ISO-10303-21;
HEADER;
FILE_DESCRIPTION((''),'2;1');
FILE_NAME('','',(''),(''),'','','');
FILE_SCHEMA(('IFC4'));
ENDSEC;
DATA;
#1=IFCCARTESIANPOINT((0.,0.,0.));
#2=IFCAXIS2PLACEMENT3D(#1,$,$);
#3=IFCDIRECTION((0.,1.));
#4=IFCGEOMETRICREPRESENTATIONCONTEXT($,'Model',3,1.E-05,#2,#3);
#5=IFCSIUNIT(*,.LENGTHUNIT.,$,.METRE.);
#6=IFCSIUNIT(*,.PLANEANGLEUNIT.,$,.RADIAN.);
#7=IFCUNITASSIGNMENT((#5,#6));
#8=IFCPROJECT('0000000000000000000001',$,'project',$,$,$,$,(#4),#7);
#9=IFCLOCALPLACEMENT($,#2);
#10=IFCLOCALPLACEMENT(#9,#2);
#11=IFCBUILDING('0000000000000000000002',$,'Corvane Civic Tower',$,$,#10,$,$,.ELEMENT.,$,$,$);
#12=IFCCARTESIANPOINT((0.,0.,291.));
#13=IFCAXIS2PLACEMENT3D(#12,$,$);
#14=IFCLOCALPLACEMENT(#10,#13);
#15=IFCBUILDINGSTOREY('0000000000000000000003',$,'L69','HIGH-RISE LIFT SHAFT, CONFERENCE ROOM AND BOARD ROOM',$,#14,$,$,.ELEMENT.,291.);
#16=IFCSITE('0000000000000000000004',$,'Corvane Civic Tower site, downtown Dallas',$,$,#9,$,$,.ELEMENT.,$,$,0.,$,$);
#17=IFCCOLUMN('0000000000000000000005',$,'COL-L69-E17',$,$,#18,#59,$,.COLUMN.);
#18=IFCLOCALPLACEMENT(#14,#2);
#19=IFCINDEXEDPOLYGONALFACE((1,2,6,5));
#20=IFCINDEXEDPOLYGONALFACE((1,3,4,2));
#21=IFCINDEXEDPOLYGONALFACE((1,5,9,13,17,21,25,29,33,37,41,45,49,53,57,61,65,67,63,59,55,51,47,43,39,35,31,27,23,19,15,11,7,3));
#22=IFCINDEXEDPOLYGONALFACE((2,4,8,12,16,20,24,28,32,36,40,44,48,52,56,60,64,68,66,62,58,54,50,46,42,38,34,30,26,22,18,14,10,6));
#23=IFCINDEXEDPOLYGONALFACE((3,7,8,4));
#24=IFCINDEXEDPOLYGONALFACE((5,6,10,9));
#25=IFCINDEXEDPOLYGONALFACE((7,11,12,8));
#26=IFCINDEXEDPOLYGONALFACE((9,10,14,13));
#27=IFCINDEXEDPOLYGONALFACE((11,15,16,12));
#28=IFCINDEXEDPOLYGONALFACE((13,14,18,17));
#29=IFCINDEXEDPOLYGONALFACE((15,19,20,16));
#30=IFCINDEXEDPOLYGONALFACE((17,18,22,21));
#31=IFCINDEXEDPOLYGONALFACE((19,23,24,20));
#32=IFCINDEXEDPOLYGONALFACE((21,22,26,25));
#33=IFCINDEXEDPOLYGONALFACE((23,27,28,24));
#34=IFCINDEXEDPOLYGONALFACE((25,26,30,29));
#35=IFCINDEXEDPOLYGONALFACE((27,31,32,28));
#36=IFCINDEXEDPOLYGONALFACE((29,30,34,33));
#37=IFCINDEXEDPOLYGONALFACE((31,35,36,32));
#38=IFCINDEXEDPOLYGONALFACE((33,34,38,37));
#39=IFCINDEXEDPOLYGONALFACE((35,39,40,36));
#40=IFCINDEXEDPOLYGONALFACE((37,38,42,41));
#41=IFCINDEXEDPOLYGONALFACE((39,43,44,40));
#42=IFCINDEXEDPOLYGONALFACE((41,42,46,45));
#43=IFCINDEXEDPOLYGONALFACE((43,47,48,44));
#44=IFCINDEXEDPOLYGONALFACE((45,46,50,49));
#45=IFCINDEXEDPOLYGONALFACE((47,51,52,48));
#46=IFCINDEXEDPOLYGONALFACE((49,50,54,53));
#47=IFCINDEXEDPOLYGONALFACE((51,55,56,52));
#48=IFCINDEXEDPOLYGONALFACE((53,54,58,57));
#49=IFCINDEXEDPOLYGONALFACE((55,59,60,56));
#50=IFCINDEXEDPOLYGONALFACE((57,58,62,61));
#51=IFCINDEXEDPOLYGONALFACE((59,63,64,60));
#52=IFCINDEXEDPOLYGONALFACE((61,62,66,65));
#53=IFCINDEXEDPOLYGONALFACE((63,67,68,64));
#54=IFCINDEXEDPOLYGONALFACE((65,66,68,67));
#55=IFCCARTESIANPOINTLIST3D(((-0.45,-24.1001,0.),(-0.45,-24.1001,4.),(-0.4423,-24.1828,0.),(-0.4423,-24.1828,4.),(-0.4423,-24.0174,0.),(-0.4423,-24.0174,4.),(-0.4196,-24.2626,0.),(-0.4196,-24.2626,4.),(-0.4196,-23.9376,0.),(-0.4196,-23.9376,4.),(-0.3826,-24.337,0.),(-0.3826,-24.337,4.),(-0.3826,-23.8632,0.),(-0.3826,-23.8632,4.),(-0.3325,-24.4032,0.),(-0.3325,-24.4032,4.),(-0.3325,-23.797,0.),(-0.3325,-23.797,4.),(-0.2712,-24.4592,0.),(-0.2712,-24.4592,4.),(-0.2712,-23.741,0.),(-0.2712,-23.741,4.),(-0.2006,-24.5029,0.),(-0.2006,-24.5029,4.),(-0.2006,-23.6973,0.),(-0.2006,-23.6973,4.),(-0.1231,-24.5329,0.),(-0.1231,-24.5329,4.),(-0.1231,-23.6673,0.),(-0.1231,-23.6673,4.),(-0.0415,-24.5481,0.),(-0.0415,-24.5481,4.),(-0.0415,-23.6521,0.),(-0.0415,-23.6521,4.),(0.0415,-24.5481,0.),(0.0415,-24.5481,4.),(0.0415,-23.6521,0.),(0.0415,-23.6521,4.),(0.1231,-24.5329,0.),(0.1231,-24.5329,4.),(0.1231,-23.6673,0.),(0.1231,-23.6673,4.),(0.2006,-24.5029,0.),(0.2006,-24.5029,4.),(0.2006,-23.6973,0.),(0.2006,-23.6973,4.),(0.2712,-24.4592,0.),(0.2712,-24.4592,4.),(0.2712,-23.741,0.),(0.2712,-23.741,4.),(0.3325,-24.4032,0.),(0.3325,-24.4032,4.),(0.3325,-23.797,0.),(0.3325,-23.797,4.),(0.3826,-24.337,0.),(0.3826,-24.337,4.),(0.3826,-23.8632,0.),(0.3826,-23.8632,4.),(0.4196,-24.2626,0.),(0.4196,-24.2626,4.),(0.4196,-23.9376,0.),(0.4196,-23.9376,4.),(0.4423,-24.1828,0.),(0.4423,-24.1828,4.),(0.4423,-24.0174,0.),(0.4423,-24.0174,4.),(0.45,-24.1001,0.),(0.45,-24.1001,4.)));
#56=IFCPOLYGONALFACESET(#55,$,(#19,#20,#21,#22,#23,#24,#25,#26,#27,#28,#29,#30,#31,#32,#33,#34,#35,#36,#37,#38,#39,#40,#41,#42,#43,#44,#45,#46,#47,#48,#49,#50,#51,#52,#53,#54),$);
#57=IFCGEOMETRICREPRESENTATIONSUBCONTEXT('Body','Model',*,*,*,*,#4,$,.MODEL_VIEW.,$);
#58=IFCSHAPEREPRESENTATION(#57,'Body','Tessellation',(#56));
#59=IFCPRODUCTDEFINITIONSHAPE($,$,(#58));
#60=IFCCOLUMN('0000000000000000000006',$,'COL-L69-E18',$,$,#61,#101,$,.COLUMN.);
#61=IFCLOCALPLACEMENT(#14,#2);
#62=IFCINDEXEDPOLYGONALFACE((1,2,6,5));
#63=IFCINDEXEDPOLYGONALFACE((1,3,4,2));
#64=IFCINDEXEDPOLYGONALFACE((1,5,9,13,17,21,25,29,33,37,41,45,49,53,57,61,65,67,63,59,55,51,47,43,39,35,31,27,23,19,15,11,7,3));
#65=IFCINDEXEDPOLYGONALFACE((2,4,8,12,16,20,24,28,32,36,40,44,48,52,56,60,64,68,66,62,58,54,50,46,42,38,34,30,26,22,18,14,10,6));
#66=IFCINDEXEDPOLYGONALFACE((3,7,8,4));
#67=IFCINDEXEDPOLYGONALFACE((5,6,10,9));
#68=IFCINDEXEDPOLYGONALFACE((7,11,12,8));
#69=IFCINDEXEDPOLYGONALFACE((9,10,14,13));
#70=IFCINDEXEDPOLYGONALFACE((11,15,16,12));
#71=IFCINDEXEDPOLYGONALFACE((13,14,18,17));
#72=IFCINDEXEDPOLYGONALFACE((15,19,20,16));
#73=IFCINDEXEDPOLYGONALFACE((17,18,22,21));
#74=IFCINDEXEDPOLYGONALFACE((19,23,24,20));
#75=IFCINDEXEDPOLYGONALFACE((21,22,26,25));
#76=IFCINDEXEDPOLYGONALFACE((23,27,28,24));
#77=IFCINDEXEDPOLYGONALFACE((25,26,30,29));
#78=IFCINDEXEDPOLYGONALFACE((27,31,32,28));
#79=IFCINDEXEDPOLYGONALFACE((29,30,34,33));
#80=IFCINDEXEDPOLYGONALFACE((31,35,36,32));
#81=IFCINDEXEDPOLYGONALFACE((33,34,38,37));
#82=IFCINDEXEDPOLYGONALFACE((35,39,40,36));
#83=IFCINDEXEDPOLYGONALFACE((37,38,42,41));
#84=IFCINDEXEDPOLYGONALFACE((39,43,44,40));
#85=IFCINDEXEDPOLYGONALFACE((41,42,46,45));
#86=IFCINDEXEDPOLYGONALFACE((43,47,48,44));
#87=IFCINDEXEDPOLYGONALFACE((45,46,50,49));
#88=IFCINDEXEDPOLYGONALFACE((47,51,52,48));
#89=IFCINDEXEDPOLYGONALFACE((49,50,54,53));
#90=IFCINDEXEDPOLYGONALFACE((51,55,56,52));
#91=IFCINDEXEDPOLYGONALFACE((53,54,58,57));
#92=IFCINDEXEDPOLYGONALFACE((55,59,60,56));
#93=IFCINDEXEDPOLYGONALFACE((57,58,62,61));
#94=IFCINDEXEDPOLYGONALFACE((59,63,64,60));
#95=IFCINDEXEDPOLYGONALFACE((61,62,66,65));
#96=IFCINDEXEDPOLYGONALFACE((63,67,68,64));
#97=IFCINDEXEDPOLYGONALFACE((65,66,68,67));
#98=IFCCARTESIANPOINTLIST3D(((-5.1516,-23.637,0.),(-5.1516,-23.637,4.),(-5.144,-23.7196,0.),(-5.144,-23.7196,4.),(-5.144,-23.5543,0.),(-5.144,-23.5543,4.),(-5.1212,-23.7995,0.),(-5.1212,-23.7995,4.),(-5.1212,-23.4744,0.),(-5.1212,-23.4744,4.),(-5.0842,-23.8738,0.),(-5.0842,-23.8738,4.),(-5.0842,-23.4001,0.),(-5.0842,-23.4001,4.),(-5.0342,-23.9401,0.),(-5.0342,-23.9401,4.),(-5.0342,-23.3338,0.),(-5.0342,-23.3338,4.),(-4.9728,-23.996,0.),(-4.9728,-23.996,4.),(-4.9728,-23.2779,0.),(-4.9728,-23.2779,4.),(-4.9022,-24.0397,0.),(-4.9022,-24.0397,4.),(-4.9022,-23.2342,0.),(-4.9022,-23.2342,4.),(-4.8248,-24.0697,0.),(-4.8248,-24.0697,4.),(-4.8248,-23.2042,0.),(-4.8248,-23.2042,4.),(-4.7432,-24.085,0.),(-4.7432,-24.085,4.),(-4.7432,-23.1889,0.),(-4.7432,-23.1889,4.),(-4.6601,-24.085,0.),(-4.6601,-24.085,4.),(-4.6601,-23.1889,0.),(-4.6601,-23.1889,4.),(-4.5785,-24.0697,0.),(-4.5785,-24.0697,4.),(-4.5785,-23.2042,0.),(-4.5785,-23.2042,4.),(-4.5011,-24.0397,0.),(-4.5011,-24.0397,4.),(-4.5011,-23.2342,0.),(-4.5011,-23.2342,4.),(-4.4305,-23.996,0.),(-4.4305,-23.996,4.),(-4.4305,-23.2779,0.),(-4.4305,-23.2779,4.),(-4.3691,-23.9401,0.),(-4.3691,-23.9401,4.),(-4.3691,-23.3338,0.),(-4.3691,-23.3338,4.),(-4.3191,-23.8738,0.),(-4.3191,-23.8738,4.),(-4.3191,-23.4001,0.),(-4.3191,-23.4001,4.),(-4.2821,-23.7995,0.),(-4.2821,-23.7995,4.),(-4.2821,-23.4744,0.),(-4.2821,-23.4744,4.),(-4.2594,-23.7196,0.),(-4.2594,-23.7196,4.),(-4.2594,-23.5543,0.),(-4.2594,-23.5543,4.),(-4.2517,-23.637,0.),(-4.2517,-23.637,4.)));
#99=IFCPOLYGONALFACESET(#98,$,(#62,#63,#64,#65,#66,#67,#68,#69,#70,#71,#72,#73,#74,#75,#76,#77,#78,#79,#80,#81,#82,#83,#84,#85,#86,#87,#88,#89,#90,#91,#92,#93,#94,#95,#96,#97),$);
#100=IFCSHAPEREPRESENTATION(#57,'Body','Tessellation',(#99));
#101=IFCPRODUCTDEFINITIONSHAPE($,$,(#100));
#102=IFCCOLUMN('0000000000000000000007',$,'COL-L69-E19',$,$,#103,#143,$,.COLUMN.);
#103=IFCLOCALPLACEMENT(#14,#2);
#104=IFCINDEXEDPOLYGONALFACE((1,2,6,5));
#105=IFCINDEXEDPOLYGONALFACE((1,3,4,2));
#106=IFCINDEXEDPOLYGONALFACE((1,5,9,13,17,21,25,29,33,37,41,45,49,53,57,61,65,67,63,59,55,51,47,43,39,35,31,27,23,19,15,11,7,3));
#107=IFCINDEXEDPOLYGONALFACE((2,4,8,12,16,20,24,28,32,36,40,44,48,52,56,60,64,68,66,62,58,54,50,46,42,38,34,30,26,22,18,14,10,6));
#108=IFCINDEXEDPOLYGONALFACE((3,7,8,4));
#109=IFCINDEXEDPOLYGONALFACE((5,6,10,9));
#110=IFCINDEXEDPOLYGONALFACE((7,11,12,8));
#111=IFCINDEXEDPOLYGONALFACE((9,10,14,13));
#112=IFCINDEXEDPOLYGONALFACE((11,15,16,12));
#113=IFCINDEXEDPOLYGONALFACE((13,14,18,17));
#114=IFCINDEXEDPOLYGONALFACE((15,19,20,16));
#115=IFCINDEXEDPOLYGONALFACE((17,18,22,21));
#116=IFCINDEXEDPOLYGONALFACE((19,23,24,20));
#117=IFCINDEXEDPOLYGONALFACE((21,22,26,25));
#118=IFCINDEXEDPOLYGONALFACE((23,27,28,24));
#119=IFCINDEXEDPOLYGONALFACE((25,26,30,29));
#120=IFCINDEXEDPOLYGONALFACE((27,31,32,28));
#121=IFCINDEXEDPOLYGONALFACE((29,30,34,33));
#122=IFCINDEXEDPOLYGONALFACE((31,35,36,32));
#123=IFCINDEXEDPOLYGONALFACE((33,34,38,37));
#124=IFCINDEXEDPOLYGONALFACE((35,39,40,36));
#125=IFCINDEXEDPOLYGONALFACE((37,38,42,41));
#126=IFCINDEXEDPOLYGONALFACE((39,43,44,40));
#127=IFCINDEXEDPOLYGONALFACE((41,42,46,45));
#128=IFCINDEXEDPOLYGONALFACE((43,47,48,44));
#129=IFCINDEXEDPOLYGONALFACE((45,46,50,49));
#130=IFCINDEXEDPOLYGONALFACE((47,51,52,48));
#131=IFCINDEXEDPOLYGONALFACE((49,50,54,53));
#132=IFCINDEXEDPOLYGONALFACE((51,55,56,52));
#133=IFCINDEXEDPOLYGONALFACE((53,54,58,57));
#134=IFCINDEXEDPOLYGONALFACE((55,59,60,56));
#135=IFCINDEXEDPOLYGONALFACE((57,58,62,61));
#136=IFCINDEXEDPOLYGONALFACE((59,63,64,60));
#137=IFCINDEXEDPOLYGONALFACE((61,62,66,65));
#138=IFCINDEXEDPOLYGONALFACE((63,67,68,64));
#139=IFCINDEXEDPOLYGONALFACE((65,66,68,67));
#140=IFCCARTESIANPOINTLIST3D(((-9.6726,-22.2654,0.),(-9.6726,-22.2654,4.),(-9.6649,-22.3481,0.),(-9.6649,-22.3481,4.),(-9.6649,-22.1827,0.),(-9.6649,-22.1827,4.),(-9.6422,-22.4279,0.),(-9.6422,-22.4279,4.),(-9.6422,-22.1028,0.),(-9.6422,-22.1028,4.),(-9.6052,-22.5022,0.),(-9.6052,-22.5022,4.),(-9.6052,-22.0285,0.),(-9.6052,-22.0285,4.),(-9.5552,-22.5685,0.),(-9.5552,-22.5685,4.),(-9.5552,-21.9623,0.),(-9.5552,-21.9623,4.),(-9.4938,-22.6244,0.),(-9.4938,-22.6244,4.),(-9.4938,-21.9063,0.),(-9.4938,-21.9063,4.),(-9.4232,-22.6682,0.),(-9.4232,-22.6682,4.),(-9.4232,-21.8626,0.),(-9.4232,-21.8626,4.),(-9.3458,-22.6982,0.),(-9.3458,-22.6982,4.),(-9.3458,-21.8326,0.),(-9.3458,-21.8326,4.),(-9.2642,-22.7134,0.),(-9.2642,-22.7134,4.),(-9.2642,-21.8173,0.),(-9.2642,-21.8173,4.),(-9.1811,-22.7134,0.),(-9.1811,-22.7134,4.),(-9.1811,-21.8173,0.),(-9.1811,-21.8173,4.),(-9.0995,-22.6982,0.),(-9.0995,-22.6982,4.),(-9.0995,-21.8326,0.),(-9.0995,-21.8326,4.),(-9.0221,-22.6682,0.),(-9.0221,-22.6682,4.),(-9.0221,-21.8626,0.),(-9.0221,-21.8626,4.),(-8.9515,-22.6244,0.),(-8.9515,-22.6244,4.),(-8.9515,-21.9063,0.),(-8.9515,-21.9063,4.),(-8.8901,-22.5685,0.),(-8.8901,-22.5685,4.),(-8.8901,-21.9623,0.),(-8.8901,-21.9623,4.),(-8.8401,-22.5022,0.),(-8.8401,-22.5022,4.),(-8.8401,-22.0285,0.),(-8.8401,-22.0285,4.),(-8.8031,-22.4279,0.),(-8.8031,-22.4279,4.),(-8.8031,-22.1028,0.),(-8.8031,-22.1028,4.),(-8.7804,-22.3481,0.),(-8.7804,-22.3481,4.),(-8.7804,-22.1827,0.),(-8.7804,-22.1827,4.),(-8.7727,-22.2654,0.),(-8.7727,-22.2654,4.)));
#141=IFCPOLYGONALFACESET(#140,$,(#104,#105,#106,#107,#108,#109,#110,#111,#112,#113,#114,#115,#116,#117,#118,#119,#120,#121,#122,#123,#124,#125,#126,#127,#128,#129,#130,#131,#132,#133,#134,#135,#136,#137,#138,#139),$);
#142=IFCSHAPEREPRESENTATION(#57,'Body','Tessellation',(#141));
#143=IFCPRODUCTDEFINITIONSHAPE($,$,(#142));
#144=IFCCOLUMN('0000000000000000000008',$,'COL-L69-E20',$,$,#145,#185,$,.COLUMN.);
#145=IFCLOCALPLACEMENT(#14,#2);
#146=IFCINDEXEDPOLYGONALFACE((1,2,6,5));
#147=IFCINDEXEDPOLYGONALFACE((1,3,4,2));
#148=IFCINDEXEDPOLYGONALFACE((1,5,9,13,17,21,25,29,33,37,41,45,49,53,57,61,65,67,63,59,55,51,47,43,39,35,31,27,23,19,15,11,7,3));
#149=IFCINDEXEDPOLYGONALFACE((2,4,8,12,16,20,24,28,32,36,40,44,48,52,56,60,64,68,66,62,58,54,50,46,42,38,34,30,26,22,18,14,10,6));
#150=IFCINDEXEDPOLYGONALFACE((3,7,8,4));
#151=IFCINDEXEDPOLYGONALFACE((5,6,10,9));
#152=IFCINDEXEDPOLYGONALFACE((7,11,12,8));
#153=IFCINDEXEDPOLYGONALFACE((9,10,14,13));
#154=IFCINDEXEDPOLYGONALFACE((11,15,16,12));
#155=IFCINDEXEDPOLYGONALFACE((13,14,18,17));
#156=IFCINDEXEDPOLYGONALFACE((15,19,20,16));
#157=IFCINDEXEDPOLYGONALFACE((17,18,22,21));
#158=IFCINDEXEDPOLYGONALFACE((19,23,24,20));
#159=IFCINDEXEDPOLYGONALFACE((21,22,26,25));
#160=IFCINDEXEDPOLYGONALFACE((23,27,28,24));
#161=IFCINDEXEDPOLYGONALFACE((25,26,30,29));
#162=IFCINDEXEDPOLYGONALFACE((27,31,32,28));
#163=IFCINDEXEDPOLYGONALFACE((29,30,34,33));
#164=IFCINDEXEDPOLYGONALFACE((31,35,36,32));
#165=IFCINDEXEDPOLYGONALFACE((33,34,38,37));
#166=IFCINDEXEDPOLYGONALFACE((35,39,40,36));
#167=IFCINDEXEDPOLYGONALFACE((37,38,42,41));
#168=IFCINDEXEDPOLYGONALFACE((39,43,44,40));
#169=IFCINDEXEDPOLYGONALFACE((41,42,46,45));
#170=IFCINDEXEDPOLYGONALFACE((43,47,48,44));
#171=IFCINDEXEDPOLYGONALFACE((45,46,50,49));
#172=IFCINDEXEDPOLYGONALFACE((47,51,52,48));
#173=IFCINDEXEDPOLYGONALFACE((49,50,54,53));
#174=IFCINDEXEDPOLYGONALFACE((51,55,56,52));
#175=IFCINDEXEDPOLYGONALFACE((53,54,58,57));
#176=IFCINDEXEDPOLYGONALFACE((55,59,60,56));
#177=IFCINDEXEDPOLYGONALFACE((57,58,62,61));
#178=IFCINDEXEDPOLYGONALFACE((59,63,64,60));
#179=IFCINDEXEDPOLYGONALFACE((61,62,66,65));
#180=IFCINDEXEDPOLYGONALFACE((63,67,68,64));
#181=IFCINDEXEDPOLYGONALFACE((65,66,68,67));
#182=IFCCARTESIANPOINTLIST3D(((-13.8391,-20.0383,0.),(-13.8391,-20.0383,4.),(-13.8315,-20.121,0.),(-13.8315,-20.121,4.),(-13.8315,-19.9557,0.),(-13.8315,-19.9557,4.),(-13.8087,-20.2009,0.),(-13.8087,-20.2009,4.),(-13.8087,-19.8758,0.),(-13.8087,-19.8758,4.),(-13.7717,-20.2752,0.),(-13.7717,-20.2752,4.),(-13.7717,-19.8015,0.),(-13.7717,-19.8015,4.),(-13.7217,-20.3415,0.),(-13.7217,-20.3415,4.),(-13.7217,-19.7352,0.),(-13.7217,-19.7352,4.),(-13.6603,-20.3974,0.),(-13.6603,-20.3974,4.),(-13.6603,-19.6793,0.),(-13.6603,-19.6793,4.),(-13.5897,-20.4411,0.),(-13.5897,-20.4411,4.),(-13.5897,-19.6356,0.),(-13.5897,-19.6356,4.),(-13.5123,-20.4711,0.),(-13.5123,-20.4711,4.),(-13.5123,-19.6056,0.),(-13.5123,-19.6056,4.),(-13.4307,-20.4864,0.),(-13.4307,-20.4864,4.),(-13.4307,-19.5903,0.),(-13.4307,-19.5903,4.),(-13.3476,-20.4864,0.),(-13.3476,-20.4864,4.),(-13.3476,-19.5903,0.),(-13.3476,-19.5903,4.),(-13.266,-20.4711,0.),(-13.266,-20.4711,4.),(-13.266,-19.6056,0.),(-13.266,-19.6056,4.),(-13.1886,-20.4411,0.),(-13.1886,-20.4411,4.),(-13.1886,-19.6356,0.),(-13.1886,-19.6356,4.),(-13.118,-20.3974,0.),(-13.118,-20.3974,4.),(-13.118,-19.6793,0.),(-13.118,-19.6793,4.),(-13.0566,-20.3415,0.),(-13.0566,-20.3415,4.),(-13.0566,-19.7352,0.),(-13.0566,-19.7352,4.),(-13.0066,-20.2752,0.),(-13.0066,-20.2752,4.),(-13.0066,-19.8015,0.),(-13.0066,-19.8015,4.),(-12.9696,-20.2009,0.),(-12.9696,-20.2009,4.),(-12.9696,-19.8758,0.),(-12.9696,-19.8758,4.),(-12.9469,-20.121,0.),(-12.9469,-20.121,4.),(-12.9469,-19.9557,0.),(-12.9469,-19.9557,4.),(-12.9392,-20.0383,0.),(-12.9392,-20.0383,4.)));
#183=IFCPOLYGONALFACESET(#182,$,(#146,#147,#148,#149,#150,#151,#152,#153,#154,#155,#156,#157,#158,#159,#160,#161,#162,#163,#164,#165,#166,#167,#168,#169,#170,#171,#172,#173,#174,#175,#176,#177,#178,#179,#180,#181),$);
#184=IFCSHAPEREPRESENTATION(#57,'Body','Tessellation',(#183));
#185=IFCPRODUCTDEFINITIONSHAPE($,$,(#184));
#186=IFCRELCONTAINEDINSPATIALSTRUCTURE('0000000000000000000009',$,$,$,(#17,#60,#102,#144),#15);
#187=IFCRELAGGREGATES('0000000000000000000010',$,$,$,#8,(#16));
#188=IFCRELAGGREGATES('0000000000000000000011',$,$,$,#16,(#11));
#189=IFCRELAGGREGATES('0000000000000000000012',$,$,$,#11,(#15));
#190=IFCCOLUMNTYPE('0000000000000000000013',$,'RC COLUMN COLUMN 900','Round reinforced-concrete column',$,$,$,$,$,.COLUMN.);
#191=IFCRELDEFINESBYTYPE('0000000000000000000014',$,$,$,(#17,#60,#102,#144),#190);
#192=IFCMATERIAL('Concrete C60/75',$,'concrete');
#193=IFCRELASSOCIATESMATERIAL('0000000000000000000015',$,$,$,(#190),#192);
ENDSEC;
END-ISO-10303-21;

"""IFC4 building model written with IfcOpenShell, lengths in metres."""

from ifc_helpers import new_model, si_unit, direction, frame, origin, origin_2d, place, context, subcontext, project, spatial, circle, extrude, material, material_profile, profile_set, type_object, element, save


model = new_model("IFC4")

# Units and contexts
model_context = context("Model", 3, precision=1e-05, world=origin(), true_north=direction((0.0, 1.0)))
body_context = subcontext(model_context, "Body", "Model", "MODEL_VIEW")
ifc_project = project(units=[si_unit("LENGTHUNIT", "METRE"), si_unit("PLANEANGLEUNIT", "RADIAN")], contexts=[model_context])

# Site, building, storey
site_placement = place(None, origin())
site = spatial("IfcSite", under=ifc_project, at=site_placement, Name="Corvane Civic Tower site, downtown Dallas", CompositionType="ELEMENT", RefElevation=0.0)
building_placement = place(site_placement, origin())
building = spatial("IfcBuilding", under=site, at=building_placement, Name="Corvane Civic Tower", CompositionType="ELEMENT")
storey_placement = place(building_placement, frame((0.0, 0.0, 291.0)))
storey = spatial("IfcBuildingStorey", under=building, at=storey_placement, Name="L69", Description="HIGH-RISE LIFT SHAFT, CONFERENCE ROOM AND BOARD ROOM", CompositionType="ELEMENT", Elevation=291.0)

# Columns
ifc_material_1 = material(Name="Concrete C60/75", Category="concrete")
ifc_material_profile_1 = material_profile(ifc_material_1, circle(Radius=0.45, at=origin_2d()), Name="COLUMN 900")
ifc_profile_set_1 = profile_set([ifc_material_profile_1], Name="Concrete C60/75")
column_type = type_object("IfcColumnType", Name="RC COLUMN COLUMN 900", Description="Round reinforced-concrete column", PredefinedType="COLUMN", material=ifc_profile_set_1)
for number, where, z_axis, x_axis, name in (
    (1, (0.0, -24.1001, 0.0), (0.0, 0.0, 1.0), (1.0, 0.0, 0.0), "COL-L69-E17"),
    (2, (-4.7017, -23.637, 0.0), (0.0, 0.0, 1.0), (1.0, 0.0, 0.0), "COL-L69-E18"),
    (3, (-9.2227, -22.2654, 0.0), (0.0, 0.0, 1.0), (1.0, 0.0, 0.0), "COL-L69-E19"),
    (4, (-13.3892, -20.0383, 0.0), (0.0, 0.0, 1.0), (1.0, 0.0, 0.0), "COL-L69-E20"),
):
    element("IfcColumn", number, at=place(storey_placement, frame(where, z_axis=z_axis, x_axis=x_axis)), inside=storey, type_object=column_type, Name=name, PredefinedType="COLUMN", context=body_context, shape_type="SweptSolid", body=[
        extrude(circle(Radius=0.45, at=origin_2d()), origin(), (0.0, 0.0, 1.0), 4.0),
    ])

save(model, "model.ifc")
